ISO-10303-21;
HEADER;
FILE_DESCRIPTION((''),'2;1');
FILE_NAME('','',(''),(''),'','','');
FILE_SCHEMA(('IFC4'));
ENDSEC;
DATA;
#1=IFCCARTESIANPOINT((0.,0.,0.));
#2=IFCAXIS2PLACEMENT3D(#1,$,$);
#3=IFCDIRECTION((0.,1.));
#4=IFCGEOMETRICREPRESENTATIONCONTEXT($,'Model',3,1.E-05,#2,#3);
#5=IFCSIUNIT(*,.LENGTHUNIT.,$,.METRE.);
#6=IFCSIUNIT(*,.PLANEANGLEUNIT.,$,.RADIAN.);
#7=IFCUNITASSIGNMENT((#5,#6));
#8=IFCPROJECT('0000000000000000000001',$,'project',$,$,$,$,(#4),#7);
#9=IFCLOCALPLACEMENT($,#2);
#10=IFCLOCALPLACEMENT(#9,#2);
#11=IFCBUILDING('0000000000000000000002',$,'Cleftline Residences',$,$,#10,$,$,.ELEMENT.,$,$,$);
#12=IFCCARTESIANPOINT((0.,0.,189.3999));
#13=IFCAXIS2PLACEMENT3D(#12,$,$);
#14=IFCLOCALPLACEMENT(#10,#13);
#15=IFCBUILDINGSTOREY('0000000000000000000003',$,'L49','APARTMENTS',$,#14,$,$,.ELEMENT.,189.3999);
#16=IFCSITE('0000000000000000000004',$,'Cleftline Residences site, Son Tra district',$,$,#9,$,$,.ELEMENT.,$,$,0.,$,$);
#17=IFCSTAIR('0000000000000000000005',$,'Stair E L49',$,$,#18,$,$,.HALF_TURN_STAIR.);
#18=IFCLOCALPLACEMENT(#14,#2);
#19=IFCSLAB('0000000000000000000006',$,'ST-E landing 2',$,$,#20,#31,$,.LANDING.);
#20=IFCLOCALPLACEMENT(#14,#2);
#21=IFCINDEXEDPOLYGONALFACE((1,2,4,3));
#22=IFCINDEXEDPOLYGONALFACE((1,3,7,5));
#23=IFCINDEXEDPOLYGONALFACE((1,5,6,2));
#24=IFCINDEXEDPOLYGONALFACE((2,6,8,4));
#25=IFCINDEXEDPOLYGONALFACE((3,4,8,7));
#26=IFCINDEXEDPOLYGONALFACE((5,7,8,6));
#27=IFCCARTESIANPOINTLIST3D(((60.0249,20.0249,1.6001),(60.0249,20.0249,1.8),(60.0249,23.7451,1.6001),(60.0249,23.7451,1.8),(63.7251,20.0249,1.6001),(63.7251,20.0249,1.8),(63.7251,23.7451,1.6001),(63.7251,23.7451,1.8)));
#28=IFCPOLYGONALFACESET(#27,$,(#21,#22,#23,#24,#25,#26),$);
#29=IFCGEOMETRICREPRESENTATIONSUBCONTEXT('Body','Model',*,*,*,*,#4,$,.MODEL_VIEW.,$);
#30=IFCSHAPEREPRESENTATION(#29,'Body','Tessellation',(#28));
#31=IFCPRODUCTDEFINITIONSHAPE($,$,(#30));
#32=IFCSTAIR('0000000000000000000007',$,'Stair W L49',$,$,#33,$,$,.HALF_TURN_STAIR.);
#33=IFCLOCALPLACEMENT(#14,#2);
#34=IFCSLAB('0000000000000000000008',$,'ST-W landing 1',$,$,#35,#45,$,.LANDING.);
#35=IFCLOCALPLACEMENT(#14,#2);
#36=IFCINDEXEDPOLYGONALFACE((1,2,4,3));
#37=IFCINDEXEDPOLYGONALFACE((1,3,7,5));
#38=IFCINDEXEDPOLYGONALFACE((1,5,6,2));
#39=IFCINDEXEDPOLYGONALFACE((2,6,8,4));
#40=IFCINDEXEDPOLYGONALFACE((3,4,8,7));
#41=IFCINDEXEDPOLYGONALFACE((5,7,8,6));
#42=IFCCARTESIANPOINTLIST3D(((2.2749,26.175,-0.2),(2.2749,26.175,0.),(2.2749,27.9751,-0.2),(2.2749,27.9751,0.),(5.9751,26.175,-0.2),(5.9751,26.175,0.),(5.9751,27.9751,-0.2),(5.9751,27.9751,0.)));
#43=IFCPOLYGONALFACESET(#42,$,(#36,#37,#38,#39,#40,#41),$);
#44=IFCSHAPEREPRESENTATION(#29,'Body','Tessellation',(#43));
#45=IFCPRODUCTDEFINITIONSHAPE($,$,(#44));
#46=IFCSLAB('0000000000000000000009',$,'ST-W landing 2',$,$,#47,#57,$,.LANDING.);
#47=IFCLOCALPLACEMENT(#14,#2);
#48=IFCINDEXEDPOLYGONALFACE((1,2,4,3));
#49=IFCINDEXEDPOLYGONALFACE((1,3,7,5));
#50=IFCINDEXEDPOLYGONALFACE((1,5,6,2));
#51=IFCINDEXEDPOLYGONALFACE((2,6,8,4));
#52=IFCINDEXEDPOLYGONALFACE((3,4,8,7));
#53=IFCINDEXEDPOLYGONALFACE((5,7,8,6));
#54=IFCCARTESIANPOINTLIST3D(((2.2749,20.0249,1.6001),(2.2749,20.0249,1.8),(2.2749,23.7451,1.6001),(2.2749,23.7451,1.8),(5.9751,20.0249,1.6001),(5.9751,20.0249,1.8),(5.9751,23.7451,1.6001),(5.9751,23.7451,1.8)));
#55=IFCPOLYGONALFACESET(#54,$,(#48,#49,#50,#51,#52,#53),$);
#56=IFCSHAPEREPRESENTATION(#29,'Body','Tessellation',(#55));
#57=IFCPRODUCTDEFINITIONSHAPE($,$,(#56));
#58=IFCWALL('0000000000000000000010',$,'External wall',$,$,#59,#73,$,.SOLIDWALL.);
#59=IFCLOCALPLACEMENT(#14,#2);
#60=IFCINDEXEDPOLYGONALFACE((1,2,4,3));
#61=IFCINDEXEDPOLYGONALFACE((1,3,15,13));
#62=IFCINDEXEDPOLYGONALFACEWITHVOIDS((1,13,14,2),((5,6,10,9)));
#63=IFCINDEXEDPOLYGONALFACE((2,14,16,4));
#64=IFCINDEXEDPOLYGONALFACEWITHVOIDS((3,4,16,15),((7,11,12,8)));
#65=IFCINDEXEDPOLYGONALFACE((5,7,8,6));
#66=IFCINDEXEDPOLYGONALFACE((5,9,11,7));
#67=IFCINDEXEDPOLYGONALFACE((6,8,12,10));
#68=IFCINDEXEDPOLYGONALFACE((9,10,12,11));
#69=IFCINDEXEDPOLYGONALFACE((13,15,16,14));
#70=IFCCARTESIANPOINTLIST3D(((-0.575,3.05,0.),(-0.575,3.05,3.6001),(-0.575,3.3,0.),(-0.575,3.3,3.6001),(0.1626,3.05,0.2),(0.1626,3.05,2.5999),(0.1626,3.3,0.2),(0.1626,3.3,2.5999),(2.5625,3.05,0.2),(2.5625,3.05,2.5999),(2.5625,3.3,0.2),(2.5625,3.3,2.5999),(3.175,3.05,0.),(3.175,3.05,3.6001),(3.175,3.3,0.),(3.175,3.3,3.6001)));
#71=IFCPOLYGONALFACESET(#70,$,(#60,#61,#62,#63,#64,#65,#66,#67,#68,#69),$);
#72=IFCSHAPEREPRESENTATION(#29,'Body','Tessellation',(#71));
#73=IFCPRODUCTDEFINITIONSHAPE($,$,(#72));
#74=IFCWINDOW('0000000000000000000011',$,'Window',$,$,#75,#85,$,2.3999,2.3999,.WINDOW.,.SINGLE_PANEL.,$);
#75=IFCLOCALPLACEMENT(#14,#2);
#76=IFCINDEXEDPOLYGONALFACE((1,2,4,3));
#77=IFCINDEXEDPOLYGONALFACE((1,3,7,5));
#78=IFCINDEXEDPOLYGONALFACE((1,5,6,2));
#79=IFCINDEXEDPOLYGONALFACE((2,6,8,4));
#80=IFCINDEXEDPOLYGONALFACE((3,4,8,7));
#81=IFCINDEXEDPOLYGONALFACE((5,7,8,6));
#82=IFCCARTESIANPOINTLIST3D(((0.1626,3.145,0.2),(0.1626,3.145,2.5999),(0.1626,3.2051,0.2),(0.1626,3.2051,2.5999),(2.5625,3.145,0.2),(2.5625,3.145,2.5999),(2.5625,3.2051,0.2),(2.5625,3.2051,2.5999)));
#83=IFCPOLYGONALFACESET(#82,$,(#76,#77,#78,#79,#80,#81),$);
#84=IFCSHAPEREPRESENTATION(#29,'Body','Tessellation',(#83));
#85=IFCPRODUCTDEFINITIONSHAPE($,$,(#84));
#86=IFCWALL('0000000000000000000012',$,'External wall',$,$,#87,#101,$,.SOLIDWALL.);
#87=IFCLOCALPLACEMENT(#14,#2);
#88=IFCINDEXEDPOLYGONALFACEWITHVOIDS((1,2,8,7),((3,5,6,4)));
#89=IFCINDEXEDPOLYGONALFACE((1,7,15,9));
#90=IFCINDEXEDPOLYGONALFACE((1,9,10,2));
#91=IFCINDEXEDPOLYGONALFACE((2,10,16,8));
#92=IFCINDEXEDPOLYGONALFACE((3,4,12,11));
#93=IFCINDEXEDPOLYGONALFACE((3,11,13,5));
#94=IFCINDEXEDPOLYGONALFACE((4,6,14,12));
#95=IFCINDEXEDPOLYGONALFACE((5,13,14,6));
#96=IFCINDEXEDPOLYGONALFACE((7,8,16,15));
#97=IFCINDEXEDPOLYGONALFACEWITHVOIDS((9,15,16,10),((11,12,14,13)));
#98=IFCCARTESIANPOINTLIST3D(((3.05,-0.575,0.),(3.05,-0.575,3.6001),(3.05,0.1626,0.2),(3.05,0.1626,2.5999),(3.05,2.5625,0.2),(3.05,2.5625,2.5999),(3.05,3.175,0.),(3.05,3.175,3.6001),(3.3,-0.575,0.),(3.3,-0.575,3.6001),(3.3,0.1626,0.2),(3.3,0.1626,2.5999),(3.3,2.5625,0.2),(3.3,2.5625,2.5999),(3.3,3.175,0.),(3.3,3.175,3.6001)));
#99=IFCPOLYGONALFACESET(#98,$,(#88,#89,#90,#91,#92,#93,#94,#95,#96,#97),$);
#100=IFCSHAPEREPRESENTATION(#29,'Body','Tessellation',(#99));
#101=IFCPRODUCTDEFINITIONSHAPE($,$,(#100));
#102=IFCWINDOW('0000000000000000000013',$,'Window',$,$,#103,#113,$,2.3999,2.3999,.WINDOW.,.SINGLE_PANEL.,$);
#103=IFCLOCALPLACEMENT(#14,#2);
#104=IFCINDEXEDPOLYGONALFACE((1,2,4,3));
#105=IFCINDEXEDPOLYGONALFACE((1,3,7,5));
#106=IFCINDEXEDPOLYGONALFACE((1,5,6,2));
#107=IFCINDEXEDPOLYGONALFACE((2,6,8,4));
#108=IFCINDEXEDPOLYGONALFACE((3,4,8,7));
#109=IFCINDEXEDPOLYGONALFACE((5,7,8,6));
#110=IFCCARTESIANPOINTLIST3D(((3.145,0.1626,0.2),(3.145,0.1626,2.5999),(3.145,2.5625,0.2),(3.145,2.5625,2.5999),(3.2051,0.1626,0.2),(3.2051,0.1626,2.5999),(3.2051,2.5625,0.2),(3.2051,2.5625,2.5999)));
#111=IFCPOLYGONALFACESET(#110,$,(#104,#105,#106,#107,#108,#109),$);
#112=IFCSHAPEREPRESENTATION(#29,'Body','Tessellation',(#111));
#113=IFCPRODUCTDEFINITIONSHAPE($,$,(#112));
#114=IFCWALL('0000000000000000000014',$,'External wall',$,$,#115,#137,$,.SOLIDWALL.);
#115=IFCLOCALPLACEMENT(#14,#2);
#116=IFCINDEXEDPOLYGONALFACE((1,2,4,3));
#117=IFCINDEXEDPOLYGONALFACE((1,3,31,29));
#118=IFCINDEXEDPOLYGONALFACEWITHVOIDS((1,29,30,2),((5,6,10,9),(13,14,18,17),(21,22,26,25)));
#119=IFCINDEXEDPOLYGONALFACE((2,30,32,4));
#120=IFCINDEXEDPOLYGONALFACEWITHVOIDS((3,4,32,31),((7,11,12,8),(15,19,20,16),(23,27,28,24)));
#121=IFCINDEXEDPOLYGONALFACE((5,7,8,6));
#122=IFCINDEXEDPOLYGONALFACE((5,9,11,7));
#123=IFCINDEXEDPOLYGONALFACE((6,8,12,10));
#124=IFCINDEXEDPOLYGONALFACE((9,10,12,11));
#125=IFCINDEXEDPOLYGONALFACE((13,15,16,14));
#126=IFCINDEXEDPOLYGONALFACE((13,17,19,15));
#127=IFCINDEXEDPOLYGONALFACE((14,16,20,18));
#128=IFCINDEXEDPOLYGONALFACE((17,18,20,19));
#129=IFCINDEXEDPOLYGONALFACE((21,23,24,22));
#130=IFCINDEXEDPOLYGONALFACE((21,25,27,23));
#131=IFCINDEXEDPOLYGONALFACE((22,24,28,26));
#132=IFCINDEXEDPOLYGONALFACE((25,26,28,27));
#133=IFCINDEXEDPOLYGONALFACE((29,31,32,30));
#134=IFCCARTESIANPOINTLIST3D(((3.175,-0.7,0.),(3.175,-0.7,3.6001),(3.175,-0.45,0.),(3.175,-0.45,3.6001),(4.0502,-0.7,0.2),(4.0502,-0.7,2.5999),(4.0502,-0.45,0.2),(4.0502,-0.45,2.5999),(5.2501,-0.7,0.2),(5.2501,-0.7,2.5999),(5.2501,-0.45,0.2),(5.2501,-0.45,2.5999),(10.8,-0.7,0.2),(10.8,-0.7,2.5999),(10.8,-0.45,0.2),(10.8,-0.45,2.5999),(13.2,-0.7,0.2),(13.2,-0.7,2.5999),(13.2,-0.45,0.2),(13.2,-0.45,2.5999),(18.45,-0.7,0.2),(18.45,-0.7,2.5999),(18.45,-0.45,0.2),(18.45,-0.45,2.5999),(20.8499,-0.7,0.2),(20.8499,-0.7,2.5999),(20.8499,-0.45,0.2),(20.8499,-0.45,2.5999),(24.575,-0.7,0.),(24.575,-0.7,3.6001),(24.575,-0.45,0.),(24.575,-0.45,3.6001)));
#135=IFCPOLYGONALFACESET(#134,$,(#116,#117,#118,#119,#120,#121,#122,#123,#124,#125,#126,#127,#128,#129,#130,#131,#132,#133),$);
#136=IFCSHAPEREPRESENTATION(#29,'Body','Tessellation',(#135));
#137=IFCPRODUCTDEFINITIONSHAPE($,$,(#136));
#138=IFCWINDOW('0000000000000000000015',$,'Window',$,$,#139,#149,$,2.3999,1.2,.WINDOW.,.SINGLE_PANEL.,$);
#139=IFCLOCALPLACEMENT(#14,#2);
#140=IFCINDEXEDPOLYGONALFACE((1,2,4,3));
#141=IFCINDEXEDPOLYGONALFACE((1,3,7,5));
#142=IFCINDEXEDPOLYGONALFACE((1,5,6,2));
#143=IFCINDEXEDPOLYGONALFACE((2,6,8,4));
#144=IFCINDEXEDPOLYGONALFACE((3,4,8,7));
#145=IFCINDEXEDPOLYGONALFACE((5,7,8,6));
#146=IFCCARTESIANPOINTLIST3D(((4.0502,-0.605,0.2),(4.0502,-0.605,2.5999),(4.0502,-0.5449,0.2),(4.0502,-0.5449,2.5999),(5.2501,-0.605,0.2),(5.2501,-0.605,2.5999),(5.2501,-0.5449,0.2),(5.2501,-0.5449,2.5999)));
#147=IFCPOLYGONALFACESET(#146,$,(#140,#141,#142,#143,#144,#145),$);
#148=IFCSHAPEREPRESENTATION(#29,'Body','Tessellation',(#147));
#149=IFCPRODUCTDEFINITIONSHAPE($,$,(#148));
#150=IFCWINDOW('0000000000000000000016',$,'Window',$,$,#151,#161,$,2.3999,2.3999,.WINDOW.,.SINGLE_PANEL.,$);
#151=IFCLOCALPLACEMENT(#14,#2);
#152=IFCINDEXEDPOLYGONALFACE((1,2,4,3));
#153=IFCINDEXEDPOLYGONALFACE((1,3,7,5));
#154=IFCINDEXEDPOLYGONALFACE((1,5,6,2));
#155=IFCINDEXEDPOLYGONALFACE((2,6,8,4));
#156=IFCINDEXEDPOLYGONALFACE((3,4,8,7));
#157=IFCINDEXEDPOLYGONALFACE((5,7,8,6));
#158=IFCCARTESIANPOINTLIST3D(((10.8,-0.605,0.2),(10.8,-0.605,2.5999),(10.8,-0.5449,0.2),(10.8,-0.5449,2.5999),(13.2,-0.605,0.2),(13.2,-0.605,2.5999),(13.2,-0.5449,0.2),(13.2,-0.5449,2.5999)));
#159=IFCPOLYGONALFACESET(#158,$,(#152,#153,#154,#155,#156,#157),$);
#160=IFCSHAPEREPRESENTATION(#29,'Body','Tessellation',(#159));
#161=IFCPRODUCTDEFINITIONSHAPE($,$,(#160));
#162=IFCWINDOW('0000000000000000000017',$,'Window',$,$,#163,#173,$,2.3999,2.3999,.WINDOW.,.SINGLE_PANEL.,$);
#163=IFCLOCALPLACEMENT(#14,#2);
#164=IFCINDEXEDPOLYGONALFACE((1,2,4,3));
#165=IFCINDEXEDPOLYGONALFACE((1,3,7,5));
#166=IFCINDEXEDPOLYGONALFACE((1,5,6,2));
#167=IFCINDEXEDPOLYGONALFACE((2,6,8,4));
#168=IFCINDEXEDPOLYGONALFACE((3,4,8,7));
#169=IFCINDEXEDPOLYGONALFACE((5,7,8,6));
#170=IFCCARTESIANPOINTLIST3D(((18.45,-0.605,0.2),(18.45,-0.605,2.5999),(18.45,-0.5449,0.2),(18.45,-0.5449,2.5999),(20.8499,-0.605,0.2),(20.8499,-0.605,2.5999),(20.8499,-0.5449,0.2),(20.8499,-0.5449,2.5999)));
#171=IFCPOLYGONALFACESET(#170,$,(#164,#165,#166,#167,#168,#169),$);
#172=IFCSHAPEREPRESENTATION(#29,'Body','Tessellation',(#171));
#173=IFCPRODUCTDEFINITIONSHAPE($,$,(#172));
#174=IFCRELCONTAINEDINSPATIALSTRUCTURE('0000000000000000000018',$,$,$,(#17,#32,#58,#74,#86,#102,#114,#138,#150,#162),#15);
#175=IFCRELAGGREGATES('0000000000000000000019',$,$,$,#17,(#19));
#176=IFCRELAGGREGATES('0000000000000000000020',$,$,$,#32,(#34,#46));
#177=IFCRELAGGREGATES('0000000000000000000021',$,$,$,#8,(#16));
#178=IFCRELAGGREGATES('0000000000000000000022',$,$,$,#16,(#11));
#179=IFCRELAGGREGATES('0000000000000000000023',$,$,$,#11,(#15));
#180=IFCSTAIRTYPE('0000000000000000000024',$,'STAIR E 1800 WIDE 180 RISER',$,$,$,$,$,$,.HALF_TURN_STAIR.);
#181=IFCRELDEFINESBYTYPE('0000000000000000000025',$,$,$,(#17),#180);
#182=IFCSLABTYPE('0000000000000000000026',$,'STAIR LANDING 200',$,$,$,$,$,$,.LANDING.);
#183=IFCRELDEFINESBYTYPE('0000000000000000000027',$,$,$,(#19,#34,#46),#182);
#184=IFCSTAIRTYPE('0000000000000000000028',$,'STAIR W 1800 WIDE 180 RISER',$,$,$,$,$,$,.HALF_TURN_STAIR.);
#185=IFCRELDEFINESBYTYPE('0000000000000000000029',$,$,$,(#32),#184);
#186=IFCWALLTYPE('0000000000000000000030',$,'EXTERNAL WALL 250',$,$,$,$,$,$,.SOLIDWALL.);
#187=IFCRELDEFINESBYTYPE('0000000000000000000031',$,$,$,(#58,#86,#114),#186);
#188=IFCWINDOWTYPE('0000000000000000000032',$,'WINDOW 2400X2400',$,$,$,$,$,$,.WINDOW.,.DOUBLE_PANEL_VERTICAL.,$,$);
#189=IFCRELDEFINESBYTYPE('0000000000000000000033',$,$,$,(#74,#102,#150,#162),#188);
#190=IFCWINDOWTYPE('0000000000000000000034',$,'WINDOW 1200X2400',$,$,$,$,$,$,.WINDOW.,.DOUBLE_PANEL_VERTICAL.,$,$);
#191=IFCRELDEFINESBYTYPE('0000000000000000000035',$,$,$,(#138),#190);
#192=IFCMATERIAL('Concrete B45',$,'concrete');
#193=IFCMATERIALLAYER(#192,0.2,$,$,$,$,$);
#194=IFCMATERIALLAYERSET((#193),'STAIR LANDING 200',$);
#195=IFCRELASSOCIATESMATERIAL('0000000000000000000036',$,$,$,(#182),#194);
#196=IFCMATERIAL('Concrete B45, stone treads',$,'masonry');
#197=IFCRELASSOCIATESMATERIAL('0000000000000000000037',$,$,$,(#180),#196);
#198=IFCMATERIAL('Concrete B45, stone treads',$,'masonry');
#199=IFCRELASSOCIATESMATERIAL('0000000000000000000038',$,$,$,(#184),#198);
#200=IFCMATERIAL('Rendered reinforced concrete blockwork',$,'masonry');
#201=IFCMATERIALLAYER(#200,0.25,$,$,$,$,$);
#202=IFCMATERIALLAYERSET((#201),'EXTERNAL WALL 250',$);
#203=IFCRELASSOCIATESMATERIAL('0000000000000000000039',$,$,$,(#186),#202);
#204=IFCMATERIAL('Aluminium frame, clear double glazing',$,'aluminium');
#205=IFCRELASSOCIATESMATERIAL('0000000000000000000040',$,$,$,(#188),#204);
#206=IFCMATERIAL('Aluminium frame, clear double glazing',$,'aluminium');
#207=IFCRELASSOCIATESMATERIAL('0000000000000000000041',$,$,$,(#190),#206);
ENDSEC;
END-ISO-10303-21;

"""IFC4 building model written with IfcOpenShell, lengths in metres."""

from ifc_helpers import new_model, si_unit, direction, frame, frame_2d, origin, place, context, subcontext, project, spatial, polyline, rectangle, outline, extrude, material, layer, layer_set, type_object, element, fill, aggregate, save


model = new_model("IFC4")

# Units and contexts
model_context = context("Model", 3, precision=1e-05, world=origin(), true_north=direction((0.0, 1.0)))
body_context = subcontext(model_context, "Body", "Model", "MODEL_VIEW")
ifc_project = project(units=[si_unit("LENGTHUNIT", "METRE"), si_unit("PLANEANGLEUNIT", "RADIAN")], contexts=[model_context])

# Site, building, storey
site_placement = place(None, origin())
site = spatial("IfcSite", under=ifc_project, at=site_placement, Name="Cleftline Residences site, Son Tra district", CompositionType="ELEMENT", RefElevation=0.0)
building_placement = place(site_placement, origin())
building = spatial("IfcBuilding", under=site, at=building_placement, Name="Cleftline Residences", CompositionType="ELEMENT")
storey_placement = place(building_placement, frame((0.0, 0.0, 189.3999)))
storey = spatial("IfcBuildingStorey", under=building, at=storey_placement, Name="L49", Description="APARTMENTS", CompositionType="ELEMENT", Elevation=189.3999)

# Stairs, slabs
ifc_material_1 = material(Name="Concrete B45", Category="concrete")
ifc_layer_1 = layer(ifc_material_1, 0.2)
ifc_layer_set_1 = layer_set([ifc_layer_1], Name="STAIR LANDING 200")
slab_type_1 = type_object("IfcSlabType", Name="STAIR LANDING 200", PredefinedType="LANDING", material=ifc_layer_set_1)
ifc_material_2 = material(Name="Concrete B45, stone treads", Category="masonry")
stair_type_1 = type_object("IfcStairType", Name="STAIR E 1800 WIDE 180 RISER", PredefinedType="HALF_TURN_STAIR", material=ifc_material_2)
stair_1_placement = place(storey_placement, origin())
stair_1 = element("IfcStair", 1, at=stair_1_placement, inside=storey, type_object=stair_type_1, Name="Stair E L49", PredefinedType="HALF_TURN_STAIR")
slab_1_placement = place(storey_placement, frame((0.0, 0.0, 1.6001)))
slab_1 = element("IfcSlab", 2, at=slab_1_placement, type_object=slab_type_1, Name="ST-E landing 2", PredefinedType="LANDING", context=body_context, shape_type="SweptSolid", body=[
    extrude(outline(polyline([(60.0249, 20.0249), (63.7251, 20.0249), (63.7251, 23.7451), (60.0249, 23.7451), (60.0249, 20.0249)])), origin(), (0.0, 0.0, 1.0), 0.2),
])
aggregate(stair_1, [slab_1])
ifc_material_3 = material(Name="Concrete B45, stone treads", Category="masonry")
stair_type_2 = type_object("IfcStairType", Name="STAIR W 1800 WIDE 180 RISER", PredefinedType="HALF_TURN_STAIR", material=ifc_material_3)
stair_2_placement = place(storey_placement, origin())
stair_2 = element("IfcStair", 3, at=stair_2_placement, inside=storey, type_object=stair_type_2, Name="Stair W L49", PredefinedType="HALF_TURN_STAIR")
slab_2_placement = place(storey_placement, frame((0.0, 0.0, -0.2)))
slab_2 = element("IfcSlab", 4, at=slab_2_placement, type_object=slab_type_1, Name="ST-W landing 1", PredefinedType="LANDING", context=body_context, shape_type="SweptSolid", body=[
    extrude(outline(polyline([(2.2749, 26.175), (5.9751, 26.175), (5.9751, 27.9751), (2.2749, 27.9751), (2.2749, 26.175)])), origin(), (0.0, 0.0, 1.0), 0.2),
])
slab_3_placement = place(storey_placement, frame((0.0, 0.0, 1.6001)))
slab_3 = element("IfcSlab", 5, at=slab_3_placement, type_object=slab_type_1, Name="ST-W landing 2", PredefinedType="LANDING", context=body_context, shape_type="SweptSolid", body=[
    extrude(outline(polyline([(2.2749, 20.0249), (5.9751, 20.0249), (5.9751, 23.7451), (2.2749, 23.7451), (2.2749, 20.0249)])), origin(), (0.0, 0.0, 1.0), 0.2),
])
aggregate(stair_2, [slab_2, slab_3])

# Walls, openings, windows
ifc_material_4 = material(Name="Rendered reinforced concrete blockwork", Category="masonry")
ifc_layer_2 = layer(ifc_material_4, 0.25)
ifc_layer_set_2 = layer_set([ifc_layer_2], Name="EXTERNAL WALL 250")
wall_type_1 = type_object("IfcWallType", Name="EXTERNAL WALL 250", PredefinedType="SOLIDWALL", material=ifc_layer_set_2)
wall_1_placement = place(storey_placement, frame((-0.575, 3.175, 0.0), z_axis=(0.0, 0.0, 1.0), x_axis=(1.0, 0.0, 0.0)))
wall_1 = element("IfcWall", 6, at=wall_1_placement, inside=storey, type_object=wall_type_1, Name="External wall", PredefinedType="SOLIDWALL", context=body_context, shape_type="SweptSolid", body=[
    extrude(rectangle(XDim=3.75, YDim=0.25, at=frame_2d((1.875, 0.0))), origin(), (0.0, 0.0, 1.0), 3.6001),
])
opening_1_placement = place(wall_1_placement, frame((0.7375, 0.0, 0.2)))
opening_1 = element("IfcOpeningElement", 7, at=opening_1_placement, cuts=wall_1, PredefinedType="OPENING", context=body_context, shape_type="SweptSolid", body=[
    extrude(rectangle(XDim=2.3999, YDim=2.3999, at=frame_2d((1.2, 1.2))), frame((0.0, 0.135, 0.0), z_axis=(0.0, -1.0, 0.0), x_axis=(1.0, 0.0, 0.0)), (0.0, 0.0, 1.0), 0.27),
])
ifc_material_5 = material(Name="Aluminium frame, clear double glazing", Category="aluminium")
window_type_1 = type_object("IfcWindowType", Name="WINDOW 2400X2400", PartitioningType="DOUBLE_PANEL_VERTICAL", PredefinedType="WINDOW", material=ifc_material_5)
window_1_placement = place(opening_1_placement, origin())
window_1 = element("IfcWindow", 8, at=window_1_placement, inside=storey, type_object=window_type_1, Name="Window", OverallHeight=2.3999, OverallWidth=2.3999, PartitioningType="SINGLE_PANEL", PredefinedType="WINDOW", context=body_context, shape_type="SweptSolid", body=[
    extrude(rectangle(XDim=2.3999, YDim=2.3999, at=frame_2d((1.2, 1.2))), frame((0.0, 0.03, 0.0), z_axis=(0.0, -1.0, 0.0), x_axis=(1.0, 0.0, 0.0)), (0.0, 0.0, 1.0), 0.0601),
])
fill(opening_1, window_1)
wall_2_placement = place(storey_placement, frame((3.175, 3.175, 0.0), z_axis=(0.0, 0.0, 1.0), x_axis=(0.0, -1.0, 0.0)))
wall_2 = element("IfcWall", 9, at=wall_2_placement, inside=storey, type_object=wall_type_1, Name="External wall", PredefinedType="SOLIDWALL", context=body_context, shape_type="SweptSolid", body=[
    extrude(rectangle(XDim=3.75, YDim=0.25, at=frame_2d((1.875, 0.0))), origin(), (0.0, 0.0, 1.0), 3.6001),
])
opening_2_placement = place(wall_2_placement, frame((0.6125, 0.0, 0.2)))
opening_2 = element("IfcOpeningElement", 10, at=opening_2_placement, cuts=wall_2, PredefinedType="OPENING", context=body_context, shape_type="SweptSolid", body=[
    extrude(rectangle(XDim=2.3999, YDim=2.3999, at=frame_2d((1.2, 1.2))), frame((0.0, 0.135, 0.0), z_axis=(0.0, -1.0, 0.0), x_axis=(1.0, 0.0, 0.0)), (0.0, 0.0, 1.0), 0.27),
])
window_2_placement = place(opening_2_placement, origin())
window_2 = element("IfcWindow", 11, at=window_2_placement, inside=storey, type_object=window_type_1, Name="Window", OverallHeight=2.3999, OverallWidth=2.3999, PartitioningType="SINGLE_PANEL", PredefinedType="WINDOW", context=body_context, shape_type="SweptSolid", body=[
    extrude(rectangle(XDim=2.3999, YDim=2.3999, at=frame_2d((1.2, 1.2))), frame((0.0, 0.03, 0.0), z_axis=(0.0, -1.0, 0.0), x_axis=(1.0, 0.0, 0.0)), (0.0, 0.0, 1.0), 0.0601),
])
fill(opening_2, window_2)

# Wall, openings, windows
wall_3_placement = place(storey_placement, frame((3.175, -0.575, 0.0), z_axis=(0.0, 0.0, 1.0), x_axis=(1.0, 0.0, 0.0)))
wall_3 = element("IfcWall", 12, at=wall_3_placement, inside=storey, type_object=wall_type_1, Name="External wall", PredefinedType="SOLIDWALL", context=body_context, shape_type="SweptSolid", body=[
    extrude(rectangle(XDim=21.3999, YDim=0.25, at=frame_2d((10.7, 0.0))), origin(), (0.0, 0.0, 1.0), 3.6001),
])
opening_3_placement = place(wall_3_placement, frame((0.875, 0.0, 0.2)))
opening_3 = element("IfcOpeningElement", 13, at=opening_3_placement, cuts=wall_3, PredefinedType="OPENING", context=body_context, shape_type="SweptSolid", body=[
    extrude(rectangle(XDim=1.2, YDim=2.3999, at=frame_2d((0.6001, 1.2))), frame((0.0, 0.135, 0.0), z_axis=(0.0, -1.0, 0.0), x_axis=(1.0, 0.0, 0.0)), (0.0, 0.0, 1.0), 0.27),
])
opening_4_placement = place(wall_3_placement, frame((7.625, 0.0, 0.2)))
opening_4 = element("IfcOpeningElement", 14, at=opening_4_placement, cuts=wall_3, PredefinedType="OPENING", context=body_context, shape_type="SweptSolid", body=[
    extrude(rectangle(XDim=2.3999, YDim=2.3999, at=frame_2d((1.2, 1.2))), frame((0.0, 0.135, 0.0), z_axis=(0.0, -1.0, 0.0), x_axis=(1.0, 0.0, 0.0)), (0.0, 0.0, 1.0), 0.27),
])
opening_5_placement = place(wall_3_placement, frame((15.2749, 0.0, 0.2)))
opening_5 = element("IfcOpeningElement", 15, at=opening_5_placement, cuts=wall_3, PredefinedType="OPENING", context=body_context, shape_type="SweptSolid", body=[
    extrude(rectangle(XDim=2.3999, YDim=2.3999, at=frame_2d((1.2, 1.2))), frame((0.0, 0.135, 0.0), z_axis=(0.0, -1.0, 0.0), x_axis=(1.0, 0.0, 0.0)), (0.0, 0.0, 1.0), 0.27),
])
ifc_material_6 = material(Name="Aluminium frame, clear double glazing", Category="aluminium")
window_type_2 = type_object("IfcWindowType", Name="WINDOW 1200X2400", PartitioningType="DOUBLE_PANEL_VERTICAL", PredefinedType="WINDOW", material=ifc_material_6)
window_3_placement = place(opening_3_placement, origin())
window_3 = element("IfcWindow", 16, at=window_3_placement, inside=storey, type_object=window_type_2, Name="Window", OverallHeight=2.3999, OverallWidth=1.2, PartitioningType="SINGLE_PANEL", PredefinedType="WINDOW", context=body_context, shape_type="SweptSolid", body=[
    extrude(rectangle(XDim=1.2, YDim=2.3999, at=frame_2d((0.6001, 1.2))), frame((0.0, 0.03, 0.0), z_axis=(0.0, -1.0, 0.0), x_axis=(1.0, 0.0, 0.0)), (0.0, 0.0, 1.0), 0.0601),
])
fill(opening_3, window_3)
window_4_placement = place(opening_4_placement, origin())
window_4 = element("IfcWindow", 17, at=window_4_placement, inside=storey, type_object=window_type_1, Name="Window", OverallHeight=2.3999, OverallWidth=2.3999, PartitioningType="SINGLE_PANEL", PredefinedType="WINDOW", context=body_context, shape_type="SweptSolid", body=[
    extrude(rectangle(XDim=2.3999, YDim=2.3999, at=frame_2d((1.2, 1.2))), frame((0.0, 0.03, 0.0), z_axis=(0.0, -1.0, 0.0), x_axis=(1.0, 0.0, 0.0)), (0.0, 0.0, 1.0), 0.0601),
])
fill(opening_4, window_4)
window_5_placement = place(opening_5_placement, origin())
window_5 = element("IfcWindow", 18, at=window_5_placement, inside=storey, type_object=window_type_1, Name="Window", OverallHeight=2.3999, OverallWidth=2.3999, PartitioningType="SINGLE_PANEL", PredefinedType="WINDOW", context=body_context, shape_type="SweptSolid", body=[
    extrude(rectangle(XDim=2.3999, YDim=2.3999, at=frame_2d((1.2, 1.2))), frame((0.0, 0.03, 0.0), z_axis=(0.0, -1.0, 0.0), x_axis=(1.0, 0.0, 0.0)), (0.0, 0.0, 1.0), 0.0601),
])
fill(opening_5, window_5)

save(model, "model.ifc")
